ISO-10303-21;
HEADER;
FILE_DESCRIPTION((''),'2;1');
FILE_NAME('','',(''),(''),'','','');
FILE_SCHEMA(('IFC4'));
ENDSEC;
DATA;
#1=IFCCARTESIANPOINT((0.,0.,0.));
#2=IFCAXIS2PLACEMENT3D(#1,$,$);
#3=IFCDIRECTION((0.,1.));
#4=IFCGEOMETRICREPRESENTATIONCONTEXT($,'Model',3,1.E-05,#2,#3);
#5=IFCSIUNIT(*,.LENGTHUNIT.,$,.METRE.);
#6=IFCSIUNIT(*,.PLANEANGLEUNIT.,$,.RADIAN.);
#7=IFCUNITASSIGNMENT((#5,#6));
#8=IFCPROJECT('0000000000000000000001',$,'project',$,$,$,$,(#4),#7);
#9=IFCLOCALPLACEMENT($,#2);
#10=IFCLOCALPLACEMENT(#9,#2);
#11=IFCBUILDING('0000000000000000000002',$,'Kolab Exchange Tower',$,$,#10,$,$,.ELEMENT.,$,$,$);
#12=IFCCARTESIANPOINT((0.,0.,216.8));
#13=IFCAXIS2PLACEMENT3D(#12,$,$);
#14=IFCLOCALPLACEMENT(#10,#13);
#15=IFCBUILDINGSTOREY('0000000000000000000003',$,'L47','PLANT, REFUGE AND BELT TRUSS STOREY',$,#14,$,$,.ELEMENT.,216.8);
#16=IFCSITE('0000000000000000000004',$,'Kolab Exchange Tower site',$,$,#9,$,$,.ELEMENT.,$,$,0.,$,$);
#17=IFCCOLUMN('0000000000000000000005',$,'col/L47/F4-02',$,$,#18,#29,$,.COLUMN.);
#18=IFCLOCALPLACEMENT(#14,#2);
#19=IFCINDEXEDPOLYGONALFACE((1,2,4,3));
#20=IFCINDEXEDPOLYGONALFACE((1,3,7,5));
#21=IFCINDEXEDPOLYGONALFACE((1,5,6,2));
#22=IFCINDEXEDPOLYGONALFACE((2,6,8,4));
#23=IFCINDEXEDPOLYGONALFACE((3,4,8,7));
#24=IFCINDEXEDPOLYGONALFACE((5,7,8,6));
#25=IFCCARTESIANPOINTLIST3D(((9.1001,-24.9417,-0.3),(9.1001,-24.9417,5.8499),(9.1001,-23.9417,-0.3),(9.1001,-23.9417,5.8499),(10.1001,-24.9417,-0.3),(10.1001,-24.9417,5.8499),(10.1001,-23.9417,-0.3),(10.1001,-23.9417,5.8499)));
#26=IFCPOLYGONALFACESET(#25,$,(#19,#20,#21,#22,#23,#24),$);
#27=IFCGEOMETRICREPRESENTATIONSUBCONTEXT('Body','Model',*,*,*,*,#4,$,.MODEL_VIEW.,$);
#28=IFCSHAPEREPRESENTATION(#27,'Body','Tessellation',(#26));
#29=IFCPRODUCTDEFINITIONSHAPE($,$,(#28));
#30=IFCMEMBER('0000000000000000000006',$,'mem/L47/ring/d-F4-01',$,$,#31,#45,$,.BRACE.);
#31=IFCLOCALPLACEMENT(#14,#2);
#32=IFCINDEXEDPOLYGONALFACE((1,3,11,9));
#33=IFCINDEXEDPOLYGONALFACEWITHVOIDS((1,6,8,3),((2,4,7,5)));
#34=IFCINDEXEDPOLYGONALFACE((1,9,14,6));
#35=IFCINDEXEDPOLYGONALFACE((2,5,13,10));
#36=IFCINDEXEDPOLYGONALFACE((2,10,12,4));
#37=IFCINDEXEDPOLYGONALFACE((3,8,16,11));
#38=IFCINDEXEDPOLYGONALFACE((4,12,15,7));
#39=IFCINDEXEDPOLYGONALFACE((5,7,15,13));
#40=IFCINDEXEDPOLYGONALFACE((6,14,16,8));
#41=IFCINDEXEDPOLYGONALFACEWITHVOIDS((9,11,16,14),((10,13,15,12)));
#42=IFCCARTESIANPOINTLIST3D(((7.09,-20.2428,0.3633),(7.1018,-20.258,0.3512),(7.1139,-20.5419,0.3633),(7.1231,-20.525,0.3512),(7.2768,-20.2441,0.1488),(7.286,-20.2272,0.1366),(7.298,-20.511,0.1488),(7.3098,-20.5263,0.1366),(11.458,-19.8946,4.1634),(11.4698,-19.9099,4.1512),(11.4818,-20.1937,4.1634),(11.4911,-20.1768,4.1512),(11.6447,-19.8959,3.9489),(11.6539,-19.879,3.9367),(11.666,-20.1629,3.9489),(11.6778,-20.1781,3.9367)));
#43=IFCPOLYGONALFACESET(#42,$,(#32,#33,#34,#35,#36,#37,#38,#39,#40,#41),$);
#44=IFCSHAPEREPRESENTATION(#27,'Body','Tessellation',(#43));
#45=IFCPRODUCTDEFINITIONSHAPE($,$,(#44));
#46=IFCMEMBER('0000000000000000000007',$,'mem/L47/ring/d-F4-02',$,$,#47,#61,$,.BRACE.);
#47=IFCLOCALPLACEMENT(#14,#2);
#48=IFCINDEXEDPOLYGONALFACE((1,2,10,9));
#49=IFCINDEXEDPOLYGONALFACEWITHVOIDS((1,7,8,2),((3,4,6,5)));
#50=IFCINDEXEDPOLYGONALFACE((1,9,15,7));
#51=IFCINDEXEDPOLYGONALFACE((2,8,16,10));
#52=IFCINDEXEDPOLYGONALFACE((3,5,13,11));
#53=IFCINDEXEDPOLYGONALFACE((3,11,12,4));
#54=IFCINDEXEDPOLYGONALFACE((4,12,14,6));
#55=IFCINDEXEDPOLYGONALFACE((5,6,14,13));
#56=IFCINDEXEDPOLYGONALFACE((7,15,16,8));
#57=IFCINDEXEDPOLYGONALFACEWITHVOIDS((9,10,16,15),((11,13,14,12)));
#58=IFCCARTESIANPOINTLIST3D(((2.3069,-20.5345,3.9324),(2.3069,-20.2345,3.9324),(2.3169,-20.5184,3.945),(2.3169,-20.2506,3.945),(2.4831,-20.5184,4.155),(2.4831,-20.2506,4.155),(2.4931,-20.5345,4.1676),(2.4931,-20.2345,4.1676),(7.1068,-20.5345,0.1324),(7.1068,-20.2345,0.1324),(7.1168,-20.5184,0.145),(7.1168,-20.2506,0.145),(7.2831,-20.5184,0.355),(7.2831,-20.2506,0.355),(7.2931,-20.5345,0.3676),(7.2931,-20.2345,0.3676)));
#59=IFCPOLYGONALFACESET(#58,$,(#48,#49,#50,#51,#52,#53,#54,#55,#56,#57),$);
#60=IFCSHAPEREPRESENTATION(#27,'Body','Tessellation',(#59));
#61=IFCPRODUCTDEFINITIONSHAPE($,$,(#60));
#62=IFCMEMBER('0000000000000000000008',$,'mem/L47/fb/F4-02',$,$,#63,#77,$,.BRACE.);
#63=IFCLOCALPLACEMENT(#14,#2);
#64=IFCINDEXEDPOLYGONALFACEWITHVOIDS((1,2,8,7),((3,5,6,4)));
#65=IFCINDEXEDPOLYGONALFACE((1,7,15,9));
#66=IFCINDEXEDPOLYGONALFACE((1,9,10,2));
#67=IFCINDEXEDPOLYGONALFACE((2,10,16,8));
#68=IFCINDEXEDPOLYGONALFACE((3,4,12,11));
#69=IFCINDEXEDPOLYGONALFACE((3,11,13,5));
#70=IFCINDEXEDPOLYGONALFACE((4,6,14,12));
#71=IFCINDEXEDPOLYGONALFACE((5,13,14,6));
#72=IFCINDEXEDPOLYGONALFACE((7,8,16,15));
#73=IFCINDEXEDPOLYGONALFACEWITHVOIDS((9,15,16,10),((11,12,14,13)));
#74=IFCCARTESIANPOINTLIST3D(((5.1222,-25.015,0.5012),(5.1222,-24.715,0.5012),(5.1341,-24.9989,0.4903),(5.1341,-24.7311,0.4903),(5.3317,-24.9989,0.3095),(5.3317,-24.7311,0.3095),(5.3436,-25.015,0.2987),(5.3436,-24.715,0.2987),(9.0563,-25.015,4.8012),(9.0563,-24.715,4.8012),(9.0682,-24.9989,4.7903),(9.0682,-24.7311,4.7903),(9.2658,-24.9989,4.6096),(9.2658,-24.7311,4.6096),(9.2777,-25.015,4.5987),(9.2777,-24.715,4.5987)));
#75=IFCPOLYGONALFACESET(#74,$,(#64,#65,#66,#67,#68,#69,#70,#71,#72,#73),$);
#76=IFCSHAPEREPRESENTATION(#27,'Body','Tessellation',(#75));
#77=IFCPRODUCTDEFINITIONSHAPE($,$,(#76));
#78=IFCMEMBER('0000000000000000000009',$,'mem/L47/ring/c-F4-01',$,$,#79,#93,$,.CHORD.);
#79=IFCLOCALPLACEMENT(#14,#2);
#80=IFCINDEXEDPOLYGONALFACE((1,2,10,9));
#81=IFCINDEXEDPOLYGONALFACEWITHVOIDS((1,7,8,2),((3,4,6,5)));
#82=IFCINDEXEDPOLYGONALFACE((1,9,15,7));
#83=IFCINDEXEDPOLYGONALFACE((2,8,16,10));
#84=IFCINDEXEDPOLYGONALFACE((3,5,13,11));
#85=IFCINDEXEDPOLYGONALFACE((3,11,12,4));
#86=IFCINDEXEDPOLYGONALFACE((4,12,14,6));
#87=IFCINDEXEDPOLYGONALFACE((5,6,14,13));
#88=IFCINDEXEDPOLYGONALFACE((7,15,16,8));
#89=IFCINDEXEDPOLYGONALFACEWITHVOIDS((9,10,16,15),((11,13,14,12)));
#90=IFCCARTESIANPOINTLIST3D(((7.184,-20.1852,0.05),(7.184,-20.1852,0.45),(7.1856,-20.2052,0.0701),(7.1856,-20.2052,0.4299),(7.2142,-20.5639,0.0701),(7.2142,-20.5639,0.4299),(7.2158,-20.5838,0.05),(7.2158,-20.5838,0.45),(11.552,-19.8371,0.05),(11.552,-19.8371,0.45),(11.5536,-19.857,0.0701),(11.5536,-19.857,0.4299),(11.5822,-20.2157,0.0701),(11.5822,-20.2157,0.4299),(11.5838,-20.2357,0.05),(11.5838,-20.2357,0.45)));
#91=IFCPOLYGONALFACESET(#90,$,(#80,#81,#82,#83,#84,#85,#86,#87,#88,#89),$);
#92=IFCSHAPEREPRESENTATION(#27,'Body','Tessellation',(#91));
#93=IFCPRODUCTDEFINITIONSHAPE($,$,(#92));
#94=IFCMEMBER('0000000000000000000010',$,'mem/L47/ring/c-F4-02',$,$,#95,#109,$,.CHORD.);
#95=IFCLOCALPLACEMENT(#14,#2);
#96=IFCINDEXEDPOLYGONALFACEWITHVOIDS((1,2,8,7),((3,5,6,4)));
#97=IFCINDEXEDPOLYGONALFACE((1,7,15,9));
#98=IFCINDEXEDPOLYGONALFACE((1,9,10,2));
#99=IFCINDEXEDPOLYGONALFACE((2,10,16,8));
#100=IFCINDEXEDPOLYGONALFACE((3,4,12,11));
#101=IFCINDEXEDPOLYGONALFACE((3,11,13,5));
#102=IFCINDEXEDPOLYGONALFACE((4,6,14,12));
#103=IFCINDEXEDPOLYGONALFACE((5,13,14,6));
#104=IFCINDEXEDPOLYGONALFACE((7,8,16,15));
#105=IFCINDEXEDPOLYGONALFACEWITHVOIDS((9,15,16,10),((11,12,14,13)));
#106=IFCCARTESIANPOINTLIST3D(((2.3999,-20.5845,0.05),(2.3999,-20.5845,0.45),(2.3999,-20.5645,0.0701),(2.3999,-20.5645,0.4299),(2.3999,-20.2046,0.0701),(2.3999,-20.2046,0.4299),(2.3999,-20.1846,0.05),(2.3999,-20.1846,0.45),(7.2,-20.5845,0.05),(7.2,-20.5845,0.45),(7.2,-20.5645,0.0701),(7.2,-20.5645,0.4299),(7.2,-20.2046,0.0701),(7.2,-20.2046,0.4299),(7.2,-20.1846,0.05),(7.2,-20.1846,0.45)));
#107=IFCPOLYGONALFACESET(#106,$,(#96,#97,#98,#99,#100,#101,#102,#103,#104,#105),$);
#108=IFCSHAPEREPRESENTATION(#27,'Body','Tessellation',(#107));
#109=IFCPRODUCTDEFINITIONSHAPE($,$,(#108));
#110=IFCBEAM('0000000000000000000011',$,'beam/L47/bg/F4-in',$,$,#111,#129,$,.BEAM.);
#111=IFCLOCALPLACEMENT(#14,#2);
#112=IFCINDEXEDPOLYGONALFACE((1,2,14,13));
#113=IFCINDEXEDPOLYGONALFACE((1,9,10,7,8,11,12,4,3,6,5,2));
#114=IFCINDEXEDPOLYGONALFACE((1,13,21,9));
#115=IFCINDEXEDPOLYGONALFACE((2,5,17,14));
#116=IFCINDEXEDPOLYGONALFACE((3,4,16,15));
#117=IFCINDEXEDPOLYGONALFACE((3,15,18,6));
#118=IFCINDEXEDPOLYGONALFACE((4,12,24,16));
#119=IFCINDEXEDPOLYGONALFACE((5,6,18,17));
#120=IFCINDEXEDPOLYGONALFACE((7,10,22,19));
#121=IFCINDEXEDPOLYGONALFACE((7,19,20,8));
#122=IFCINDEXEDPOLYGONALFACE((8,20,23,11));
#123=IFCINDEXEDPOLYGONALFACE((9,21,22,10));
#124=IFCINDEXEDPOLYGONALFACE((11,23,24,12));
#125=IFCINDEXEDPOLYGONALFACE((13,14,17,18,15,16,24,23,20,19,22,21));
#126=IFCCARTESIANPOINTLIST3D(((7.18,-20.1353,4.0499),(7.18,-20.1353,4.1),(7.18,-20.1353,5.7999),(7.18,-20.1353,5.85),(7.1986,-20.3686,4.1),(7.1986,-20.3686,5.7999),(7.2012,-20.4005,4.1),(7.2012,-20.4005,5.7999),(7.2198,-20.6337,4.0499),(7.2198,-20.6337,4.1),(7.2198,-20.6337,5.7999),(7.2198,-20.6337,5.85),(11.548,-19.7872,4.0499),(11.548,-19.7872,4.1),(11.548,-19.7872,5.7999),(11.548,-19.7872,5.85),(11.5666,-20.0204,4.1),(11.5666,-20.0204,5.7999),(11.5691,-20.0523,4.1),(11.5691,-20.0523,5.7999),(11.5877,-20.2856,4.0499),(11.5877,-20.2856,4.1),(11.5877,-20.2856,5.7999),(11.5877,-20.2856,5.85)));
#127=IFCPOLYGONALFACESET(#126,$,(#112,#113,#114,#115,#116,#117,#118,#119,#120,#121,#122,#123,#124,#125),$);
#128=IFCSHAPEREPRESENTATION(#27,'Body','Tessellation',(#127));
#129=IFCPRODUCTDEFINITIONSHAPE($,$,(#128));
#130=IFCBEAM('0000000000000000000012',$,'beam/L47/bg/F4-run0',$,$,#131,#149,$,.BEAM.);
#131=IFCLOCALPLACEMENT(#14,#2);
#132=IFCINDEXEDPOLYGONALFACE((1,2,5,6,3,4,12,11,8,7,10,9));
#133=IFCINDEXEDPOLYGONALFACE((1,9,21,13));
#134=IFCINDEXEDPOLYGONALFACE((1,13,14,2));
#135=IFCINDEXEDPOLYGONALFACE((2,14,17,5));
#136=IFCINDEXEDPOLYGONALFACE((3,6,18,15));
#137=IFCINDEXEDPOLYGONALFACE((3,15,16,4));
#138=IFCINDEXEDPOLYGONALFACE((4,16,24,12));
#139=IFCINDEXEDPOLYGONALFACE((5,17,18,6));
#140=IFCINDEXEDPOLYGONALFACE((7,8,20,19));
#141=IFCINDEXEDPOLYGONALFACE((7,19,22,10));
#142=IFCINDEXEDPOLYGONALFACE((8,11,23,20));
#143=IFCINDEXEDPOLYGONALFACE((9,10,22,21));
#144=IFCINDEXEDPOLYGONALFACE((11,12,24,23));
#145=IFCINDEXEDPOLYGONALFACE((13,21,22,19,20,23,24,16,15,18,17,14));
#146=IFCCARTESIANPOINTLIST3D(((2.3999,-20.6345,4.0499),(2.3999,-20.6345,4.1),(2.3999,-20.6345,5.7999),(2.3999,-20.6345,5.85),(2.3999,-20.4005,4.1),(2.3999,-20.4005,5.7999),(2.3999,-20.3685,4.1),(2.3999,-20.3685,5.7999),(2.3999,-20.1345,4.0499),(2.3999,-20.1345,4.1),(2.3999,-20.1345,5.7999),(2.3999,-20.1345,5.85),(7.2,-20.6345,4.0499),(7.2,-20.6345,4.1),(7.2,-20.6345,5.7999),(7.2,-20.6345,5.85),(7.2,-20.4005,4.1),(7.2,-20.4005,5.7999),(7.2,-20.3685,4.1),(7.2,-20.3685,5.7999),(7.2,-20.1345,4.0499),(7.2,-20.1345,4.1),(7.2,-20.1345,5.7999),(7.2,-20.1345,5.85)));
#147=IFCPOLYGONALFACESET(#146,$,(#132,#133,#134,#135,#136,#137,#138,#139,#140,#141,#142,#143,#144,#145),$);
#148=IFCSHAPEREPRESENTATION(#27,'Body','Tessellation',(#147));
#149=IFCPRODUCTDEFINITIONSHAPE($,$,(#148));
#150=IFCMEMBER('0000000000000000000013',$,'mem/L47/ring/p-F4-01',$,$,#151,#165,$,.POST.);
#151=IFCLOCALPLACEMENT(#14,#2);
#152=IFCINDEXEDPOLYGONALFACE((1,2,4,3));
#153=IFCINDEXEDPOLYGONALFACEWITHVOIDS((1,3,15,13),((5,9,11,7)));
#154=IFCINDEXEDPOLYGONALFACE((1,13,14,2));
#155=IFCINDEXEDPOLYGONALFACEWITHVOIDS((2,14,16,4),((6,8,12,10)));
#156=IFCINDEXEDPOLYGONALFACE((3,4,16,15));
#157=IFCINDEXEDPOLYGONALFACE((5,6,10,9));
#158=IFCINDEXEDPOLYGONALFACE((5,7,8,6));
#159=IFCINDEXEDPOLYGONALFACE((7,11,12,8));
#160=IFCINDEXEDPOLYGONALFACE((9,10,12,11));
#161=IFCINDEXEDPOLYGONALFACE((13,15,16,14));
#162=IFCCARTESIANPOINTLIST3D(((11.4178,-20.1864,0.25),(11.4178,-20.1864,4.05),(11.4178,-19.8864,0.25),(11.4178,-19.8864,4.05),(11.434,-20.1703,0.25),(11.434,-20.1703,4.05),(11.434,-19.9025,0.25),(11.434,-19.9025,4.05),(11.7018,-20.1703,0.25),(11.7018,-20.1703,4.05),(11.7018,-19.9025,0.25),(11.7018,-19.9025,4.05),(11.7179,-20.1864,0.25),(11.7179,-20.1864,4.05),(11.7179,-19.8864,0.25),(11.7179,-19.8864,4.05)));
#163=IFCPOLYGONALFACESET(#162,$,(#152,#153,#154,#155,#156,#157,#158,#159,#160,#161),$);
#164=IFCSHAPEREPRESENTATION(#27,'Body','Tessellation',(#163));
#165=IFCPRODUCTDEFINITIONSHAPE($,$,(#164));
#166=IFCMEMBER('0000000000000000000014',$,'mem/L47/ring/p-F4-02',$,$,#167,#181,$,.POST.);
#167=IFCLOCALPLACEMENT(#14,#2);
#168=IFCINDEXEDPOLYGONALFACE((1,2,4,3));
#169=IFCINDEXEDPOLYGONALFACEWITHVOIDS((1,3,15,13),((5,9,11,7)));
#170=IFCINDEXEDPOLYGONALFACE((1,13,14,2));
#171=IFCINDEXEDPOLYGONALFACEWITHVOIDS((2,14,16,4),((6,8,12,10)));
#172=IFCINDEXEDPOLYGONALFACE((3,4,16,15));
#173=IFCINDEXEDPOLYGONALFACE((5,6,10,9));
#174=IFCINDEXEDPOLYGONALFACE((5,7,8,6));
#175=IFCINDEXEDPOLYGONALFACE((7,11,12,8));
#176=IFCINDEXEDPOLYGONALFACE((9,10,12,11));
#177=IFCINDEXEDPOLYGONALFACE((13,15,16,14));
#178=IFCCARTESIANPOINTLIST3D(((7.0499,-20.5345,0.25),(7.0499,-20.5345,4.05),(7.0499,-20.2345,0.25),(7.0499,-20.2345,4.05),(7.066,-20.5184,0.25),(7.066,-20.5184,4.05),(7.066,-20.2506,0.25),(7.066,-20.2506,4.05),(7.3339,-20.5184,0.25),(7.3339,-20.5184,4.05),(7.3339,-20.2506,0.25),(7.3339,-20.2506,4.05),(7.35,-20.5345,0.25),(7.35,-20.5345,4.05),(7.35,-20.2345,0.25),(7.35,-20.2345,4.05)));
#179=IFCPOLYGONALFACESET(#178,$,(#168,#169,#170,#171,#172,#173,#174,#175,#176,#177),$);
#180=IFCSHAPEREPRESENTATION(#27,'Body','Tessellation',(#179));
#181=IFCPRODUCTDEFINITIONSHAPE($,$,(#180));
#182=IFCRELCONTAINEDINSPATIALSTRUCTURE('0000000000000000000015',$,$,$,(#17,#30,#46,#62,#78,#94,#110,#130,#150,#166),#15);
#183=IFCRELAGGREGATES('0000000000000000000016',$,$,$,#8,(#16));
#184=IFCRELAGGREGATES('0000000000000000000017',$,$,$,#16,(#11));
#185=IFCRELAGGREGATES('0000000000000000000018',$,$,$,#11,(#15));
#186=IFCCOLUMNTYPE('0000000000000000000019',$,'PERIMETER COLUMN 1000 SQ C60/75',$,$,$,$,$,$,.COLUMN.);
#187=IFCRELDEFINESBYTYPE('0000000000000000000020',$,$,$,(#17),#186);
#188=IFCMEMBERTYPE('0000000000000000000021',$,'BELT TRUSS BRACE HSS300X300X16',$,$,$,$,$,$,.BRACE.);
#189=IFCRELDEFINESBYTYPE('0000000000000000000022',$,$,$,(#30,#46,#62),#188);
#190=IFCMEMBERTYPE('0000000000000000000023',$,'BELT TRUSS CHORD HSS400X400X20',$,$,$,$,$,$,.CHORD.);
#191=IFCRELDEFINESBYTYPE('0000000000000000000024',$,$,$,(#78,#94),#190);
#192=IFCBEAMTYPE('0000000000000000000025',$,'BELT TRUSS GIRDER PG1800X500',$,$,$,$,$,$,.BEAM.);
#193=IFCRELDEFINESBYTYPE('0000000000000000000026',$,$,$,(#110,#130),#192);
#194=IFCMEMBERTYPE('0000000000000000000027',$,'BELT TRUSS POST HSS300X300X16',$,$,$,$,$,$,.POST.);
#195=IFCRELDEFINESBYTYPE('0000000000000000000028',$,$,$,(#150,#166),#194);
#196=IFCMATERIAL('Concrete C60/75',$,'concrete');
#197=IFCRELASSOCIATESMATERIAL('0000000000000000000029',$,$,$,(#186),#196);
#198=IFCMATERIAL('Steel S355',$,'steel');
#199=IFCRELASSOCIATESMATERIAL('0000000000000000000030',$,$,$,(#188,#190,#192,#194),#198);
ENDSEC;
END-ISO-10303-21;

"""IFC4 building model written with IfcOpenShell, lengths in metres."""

from ifc_helpers import new_model, si_unit, direction, frame, origin, origin_2d, place, context, subcontext, project, spatial, rectangle, hollow_rectangle, i_section, extrude, material, material_profile, profile_set, type_object, element, save


model = new_model("IFC4")

# Units and contexts
model_context = context("Model", 3, precision=1e-05, world=origin(), true_north=direction((0.0, 1.0)))
body_context = subcontext(model_context, "Body", "Model", "MODEL_VIEW")
ifc_project = project(units=[si_unit("LENGTHUNIT", "METRE"), si_unit("PLANEANGLEUNIT", "RADIAN")], contexts=[model_context])

# Site, building, storey
site_placement = place(None, origin())
site = spatial("IfcSite", under=ifc_project, at=site_placement, Name="Kolab Exchange Tower site", CompositionType="ELEMENT", RefElevation=0.0)
building_placement = place(site_placement, origin())
building = spatial("IfcBuilding", under=site, at=building_placement, Name="Kolab Exchange Tower", CompositionType="ELEMENT")
storey_placement = place(building_placement, frame((0.0, 0.0, 216.8)))
storey = spatial("IfcBuildingStorey", under=building, at=storey_placement, Name="L47", Description="PLANT, REFUGE AND BELT TRUSS STOREY", CompositionType="ELEMENT", Elevation=216.8)

# Column
ifc_material_1 = material(Name="Concrete C60/75", Category="concrete")
ifc_material_profile_1 = material_profile(ifc_material_1, rectangle(XDim=1.0, YDim=1.0, at=origin_2d()), Name="RC1000")
ifc_profile_set_1 = profile_set([ifc_material_profile_1], Name="Concrete C60/75")
column_type = type_object("IfcColumnType", Name="PERIMETER COLUMN 1000 SQ C60/75", PredefinedType="COLUMN", material=ifc_profile_set_1)
column_placement = place(storey_placement, frame((9.6001, -24.4417, -0.3), z_axis=(0.0, 0.0, 1.0), x_axis=(1.0, 0.0, 0.0)))
element("IfcColumn", 1, at=column_placement, inside=storey, type_object=column_type, Name="col/L47/F4-02", PredefinedType="COLUMN", context=body_context, shape_type="SweptSolid", body=[
    extrude(rectangle(XDim=1.0, YDim=1.0, at=origin_2d()), origin(), (0.0, 0.0, 1.0), 6.1499),
])

# Members
ifc_material_2 = material(Name="Steel S355", Category="steel")
ifc_material_profile_2 = material_profile(ifc_material_2, hollow_rectangle(XDim=0.3, YDim=0.3, WallThickness=0.0161, at=origin_2d()), Name="HSS300X300X16")
ifc_profile_set_2 = profile_set([ifc_material_profile_2], Name="Steel S355")
member_type_1 = type_object("IfcMemberType", Name="BELT TRUSS BRACE HSS300X300X16", PredefinedType="BRACE", material=ifc_profile_set_2)
member_1_placement = place(storey_placement, frame((11.5679, -20.0364, 4.05), z_axis=(-0.753086, -0.060025, -0.655178), x_axis=(0.079453, -0.996839, 0.0)))
element("IfcMember", 2, at=member_1_placement, inside=storey, type_object=member_type_1, Name="mem/L47/ring/d-F4-01", PredefinedType="BRACE", context=body_context, shape_type="SweptSolid", body=[
    extrude(hollow_rectangle(XDim=0.3, YDim=0.3, WallThickness=0.0161, at=origin_2d()), origin(), (0.0, 0.0, 1.0), 5.8),
])
member_2_placement = place(storey_placement, frame((7.2, -20.3845, 0.25), z_axis=(-0.784045, 0.0, 0.620704), x_axis=(0.0, -1.0, 0.0)))
element("IfcMember", 3, at=member_2_placement, inside=storey, type_object=member_type_1, Name="mem/L47/ring/d-F4-02", PredefinedType="BRACE", context=body_context, shape_type="SweptSolid", body=[
    extrude(hollow_rectangle(XDim=0.3, YDim=0.3, WallThickness=0.0161, at=origin_2d()), origin(), (0.0, 0.0, 1.0), 6.1221),
])
member_3_placement = place(storey_placement, frame((9.167, -24.865, 4.7), z_axis=(-0.675013, 0.0, -0.737806), x_axis=(0.0, -1.0, 0.0)))
element("IfcMember", 4, at=member_3_placement, inside=storey, type_object=member_type_1, Name="mem/L47/fb/F4-02", PredefinedType="BRACE", context=body_context, shape_type="SweptSolid", body=[
    extrude(hollow_rectangle(XDim=0.3, YDim=0.3, WallThickness=0.0161, at=origin_2d()), origin(), (0.0, 0.0, 1.0), 5.8281),
])
ifc_material_profile_3 = material_profile(ifc_material_2, hollow_rectangle(XDim=0.3999, YDim=0.3999, WallThickness=0.02, at=origin_2d()), Name="HSS400X400X20")
ifc_profile_set_3 = profile_set([ifc_material_profile_3], Name="Steel S355")
member_type_2 = type_object("IfcMemberType", Name="BELT TRUSS CHORD HSS400X400X20", PredefinedType="CHORD", material=ifc_profile_set_3)
member_4_placement = place(storey_placement, frame((11.5679, -20.0364, 0.25), z_axis=(-0.996839, -0.079453, 0.0), x_axis=(0.079453, -0.996839, 0.0)))
element("IfcMember", 5, at=member_4_placement, inside=storey, type_object=member_type_2, Name="mem/L47/ring/c-F4-01", PredefinedType="CHORD", context=body_context, shape_type="SweptSolid", body=[
    extrude(hollow_rectangle(XDim=0.3999, YDim=0.3999, WallThickness=0.02, at=origin_2d()), origin(), (0.0, 0.0, 1.0), 4.3818),
])
member_5_placement = place(storey_placement, frame((7.2, -20.3845, 0.25), z_axis=(-1.0, 0.0, 0.0), x_axis=(0.0, -1.0, 0.0)))
element("IfcMember", 6, at=member_5_placement, inside=storey, type_object=member_type_2, Name="mem/L47/ring/c-F4-02", PredefinedType="CHORD", context=body_context, shape_type="SweptSolid", body=[
    extrude(hollow_rectangle(XDim=0.3999, YDim=0.3999, WallThickness=0.02, at=origin_2d()), origin(), (0.0, 0.0, 1.0), 4.8),
])

# Beams
ifc_material_profile_4 = material_profile(ifc_material_2, i_section(OverallWidth=0.5, OverallDepth=1.8, WebThickness=0.032, FlangeThickness=0.05, at=origin_2d()), Name="PG1800X500")
ifc_profile_set_4 = profile_set([ifc_material_profile_4], Name="Steel S355")
beam_type_1 = type_object("IfcBeamType", Name="BELT TRUSS GIRDER PG1800X500", PredefinedType="BEAM", material=ifc_profile_set_4)
beam_1_placement = place(storey_placement, frame((11.5679, -20.0364, 4.95), z_axis=(-0.996839, -0.079453, 0.0), x_axis=(0.079453, -0.996839, 0.0)))
element("IfcBeam", 7, at=beam_1_placement, inside=storey, type_object=beam_type_1, Name="beam/L47/bg/F4-in", PredefinedType="BEAM", context=body_context, shape_type="SweptSolid", body=[
    extrude(i_section(OverallWidth=0.5, OverallDepth=1.8, WebThickness=0.032, FlangeThickness=0.05, at=origin_2d()), origin(), (0.0, 0.0, 1.0), 4.3818),
])
beam_2_placement = place(storey_placement, frame((7.2, -20.3845, 4.95), z_axis=(-1.0, 0.0, 0.0), x_axis=(0.0, -1.0, 0.0)))
element("IfcBeam", 8, at=beam_2_placement, inside=storey, type_object=beam_type_1, Name="beam/L47/bg/F4-run0", PredefinedType="BEAM", context=body_context, shape_type="SweptSolid", body=[
    extrude(i_section(OverallWidth=0.5, OverallDepth=1.8, WebThickness=0.032, FlangeThickness=0.05, at=origin_2d()), origin(), (0.0, 0.0, 1.0), 4.8),
])

# Members
ifc_material_profile_5 = material_profile(ifc_material_2, hollow_rectangle(XDim=0.3, YDim=0.3, WallThickness=0.0161, at=origin_2d()), Name="HSS300X300X16")
ifc_profile_set_5 = profile_set([ifc_material_profile_5], Name="Steel S355")
member_type_3 = type_object("IfcMemberType", Name="BELT TRUSS POST HSS300X300X16", PredefinedType="POST", material=ifc_profile_set_5)
for number, where, z_axis, x_axis, name in (
    (9, (11.5679, -20.0364, 0.25), (0.0, 0.0, 1.0), (1.0, 0.0, 0.0), "mem/L47/ring/p-F4-01"),
    (10, (7.2, -20.3845, 0.25), (0.0, 0.0, 1.0), (1.0, 0.0, 0.0), "mem/L47/ring/p-F4-02"),
):
    element("IfcMember", number, at=place(storey_placement, frame(where, z_axis=z_axis, x_axis=x_axis)), inside=storey, type_object=member_type_3, Name=name, PredefinedType="POST", context=body_context, shape_type="SweptSolid", body=[
        extrude(hollow_rectangle(XDim=0.3, YDim=0.3, WallThickness=0.0161, at=origin_2d()), origin(), (0.0, 0.0, 1.0), 3.8),
    ])

save(model, "model.ifc")
